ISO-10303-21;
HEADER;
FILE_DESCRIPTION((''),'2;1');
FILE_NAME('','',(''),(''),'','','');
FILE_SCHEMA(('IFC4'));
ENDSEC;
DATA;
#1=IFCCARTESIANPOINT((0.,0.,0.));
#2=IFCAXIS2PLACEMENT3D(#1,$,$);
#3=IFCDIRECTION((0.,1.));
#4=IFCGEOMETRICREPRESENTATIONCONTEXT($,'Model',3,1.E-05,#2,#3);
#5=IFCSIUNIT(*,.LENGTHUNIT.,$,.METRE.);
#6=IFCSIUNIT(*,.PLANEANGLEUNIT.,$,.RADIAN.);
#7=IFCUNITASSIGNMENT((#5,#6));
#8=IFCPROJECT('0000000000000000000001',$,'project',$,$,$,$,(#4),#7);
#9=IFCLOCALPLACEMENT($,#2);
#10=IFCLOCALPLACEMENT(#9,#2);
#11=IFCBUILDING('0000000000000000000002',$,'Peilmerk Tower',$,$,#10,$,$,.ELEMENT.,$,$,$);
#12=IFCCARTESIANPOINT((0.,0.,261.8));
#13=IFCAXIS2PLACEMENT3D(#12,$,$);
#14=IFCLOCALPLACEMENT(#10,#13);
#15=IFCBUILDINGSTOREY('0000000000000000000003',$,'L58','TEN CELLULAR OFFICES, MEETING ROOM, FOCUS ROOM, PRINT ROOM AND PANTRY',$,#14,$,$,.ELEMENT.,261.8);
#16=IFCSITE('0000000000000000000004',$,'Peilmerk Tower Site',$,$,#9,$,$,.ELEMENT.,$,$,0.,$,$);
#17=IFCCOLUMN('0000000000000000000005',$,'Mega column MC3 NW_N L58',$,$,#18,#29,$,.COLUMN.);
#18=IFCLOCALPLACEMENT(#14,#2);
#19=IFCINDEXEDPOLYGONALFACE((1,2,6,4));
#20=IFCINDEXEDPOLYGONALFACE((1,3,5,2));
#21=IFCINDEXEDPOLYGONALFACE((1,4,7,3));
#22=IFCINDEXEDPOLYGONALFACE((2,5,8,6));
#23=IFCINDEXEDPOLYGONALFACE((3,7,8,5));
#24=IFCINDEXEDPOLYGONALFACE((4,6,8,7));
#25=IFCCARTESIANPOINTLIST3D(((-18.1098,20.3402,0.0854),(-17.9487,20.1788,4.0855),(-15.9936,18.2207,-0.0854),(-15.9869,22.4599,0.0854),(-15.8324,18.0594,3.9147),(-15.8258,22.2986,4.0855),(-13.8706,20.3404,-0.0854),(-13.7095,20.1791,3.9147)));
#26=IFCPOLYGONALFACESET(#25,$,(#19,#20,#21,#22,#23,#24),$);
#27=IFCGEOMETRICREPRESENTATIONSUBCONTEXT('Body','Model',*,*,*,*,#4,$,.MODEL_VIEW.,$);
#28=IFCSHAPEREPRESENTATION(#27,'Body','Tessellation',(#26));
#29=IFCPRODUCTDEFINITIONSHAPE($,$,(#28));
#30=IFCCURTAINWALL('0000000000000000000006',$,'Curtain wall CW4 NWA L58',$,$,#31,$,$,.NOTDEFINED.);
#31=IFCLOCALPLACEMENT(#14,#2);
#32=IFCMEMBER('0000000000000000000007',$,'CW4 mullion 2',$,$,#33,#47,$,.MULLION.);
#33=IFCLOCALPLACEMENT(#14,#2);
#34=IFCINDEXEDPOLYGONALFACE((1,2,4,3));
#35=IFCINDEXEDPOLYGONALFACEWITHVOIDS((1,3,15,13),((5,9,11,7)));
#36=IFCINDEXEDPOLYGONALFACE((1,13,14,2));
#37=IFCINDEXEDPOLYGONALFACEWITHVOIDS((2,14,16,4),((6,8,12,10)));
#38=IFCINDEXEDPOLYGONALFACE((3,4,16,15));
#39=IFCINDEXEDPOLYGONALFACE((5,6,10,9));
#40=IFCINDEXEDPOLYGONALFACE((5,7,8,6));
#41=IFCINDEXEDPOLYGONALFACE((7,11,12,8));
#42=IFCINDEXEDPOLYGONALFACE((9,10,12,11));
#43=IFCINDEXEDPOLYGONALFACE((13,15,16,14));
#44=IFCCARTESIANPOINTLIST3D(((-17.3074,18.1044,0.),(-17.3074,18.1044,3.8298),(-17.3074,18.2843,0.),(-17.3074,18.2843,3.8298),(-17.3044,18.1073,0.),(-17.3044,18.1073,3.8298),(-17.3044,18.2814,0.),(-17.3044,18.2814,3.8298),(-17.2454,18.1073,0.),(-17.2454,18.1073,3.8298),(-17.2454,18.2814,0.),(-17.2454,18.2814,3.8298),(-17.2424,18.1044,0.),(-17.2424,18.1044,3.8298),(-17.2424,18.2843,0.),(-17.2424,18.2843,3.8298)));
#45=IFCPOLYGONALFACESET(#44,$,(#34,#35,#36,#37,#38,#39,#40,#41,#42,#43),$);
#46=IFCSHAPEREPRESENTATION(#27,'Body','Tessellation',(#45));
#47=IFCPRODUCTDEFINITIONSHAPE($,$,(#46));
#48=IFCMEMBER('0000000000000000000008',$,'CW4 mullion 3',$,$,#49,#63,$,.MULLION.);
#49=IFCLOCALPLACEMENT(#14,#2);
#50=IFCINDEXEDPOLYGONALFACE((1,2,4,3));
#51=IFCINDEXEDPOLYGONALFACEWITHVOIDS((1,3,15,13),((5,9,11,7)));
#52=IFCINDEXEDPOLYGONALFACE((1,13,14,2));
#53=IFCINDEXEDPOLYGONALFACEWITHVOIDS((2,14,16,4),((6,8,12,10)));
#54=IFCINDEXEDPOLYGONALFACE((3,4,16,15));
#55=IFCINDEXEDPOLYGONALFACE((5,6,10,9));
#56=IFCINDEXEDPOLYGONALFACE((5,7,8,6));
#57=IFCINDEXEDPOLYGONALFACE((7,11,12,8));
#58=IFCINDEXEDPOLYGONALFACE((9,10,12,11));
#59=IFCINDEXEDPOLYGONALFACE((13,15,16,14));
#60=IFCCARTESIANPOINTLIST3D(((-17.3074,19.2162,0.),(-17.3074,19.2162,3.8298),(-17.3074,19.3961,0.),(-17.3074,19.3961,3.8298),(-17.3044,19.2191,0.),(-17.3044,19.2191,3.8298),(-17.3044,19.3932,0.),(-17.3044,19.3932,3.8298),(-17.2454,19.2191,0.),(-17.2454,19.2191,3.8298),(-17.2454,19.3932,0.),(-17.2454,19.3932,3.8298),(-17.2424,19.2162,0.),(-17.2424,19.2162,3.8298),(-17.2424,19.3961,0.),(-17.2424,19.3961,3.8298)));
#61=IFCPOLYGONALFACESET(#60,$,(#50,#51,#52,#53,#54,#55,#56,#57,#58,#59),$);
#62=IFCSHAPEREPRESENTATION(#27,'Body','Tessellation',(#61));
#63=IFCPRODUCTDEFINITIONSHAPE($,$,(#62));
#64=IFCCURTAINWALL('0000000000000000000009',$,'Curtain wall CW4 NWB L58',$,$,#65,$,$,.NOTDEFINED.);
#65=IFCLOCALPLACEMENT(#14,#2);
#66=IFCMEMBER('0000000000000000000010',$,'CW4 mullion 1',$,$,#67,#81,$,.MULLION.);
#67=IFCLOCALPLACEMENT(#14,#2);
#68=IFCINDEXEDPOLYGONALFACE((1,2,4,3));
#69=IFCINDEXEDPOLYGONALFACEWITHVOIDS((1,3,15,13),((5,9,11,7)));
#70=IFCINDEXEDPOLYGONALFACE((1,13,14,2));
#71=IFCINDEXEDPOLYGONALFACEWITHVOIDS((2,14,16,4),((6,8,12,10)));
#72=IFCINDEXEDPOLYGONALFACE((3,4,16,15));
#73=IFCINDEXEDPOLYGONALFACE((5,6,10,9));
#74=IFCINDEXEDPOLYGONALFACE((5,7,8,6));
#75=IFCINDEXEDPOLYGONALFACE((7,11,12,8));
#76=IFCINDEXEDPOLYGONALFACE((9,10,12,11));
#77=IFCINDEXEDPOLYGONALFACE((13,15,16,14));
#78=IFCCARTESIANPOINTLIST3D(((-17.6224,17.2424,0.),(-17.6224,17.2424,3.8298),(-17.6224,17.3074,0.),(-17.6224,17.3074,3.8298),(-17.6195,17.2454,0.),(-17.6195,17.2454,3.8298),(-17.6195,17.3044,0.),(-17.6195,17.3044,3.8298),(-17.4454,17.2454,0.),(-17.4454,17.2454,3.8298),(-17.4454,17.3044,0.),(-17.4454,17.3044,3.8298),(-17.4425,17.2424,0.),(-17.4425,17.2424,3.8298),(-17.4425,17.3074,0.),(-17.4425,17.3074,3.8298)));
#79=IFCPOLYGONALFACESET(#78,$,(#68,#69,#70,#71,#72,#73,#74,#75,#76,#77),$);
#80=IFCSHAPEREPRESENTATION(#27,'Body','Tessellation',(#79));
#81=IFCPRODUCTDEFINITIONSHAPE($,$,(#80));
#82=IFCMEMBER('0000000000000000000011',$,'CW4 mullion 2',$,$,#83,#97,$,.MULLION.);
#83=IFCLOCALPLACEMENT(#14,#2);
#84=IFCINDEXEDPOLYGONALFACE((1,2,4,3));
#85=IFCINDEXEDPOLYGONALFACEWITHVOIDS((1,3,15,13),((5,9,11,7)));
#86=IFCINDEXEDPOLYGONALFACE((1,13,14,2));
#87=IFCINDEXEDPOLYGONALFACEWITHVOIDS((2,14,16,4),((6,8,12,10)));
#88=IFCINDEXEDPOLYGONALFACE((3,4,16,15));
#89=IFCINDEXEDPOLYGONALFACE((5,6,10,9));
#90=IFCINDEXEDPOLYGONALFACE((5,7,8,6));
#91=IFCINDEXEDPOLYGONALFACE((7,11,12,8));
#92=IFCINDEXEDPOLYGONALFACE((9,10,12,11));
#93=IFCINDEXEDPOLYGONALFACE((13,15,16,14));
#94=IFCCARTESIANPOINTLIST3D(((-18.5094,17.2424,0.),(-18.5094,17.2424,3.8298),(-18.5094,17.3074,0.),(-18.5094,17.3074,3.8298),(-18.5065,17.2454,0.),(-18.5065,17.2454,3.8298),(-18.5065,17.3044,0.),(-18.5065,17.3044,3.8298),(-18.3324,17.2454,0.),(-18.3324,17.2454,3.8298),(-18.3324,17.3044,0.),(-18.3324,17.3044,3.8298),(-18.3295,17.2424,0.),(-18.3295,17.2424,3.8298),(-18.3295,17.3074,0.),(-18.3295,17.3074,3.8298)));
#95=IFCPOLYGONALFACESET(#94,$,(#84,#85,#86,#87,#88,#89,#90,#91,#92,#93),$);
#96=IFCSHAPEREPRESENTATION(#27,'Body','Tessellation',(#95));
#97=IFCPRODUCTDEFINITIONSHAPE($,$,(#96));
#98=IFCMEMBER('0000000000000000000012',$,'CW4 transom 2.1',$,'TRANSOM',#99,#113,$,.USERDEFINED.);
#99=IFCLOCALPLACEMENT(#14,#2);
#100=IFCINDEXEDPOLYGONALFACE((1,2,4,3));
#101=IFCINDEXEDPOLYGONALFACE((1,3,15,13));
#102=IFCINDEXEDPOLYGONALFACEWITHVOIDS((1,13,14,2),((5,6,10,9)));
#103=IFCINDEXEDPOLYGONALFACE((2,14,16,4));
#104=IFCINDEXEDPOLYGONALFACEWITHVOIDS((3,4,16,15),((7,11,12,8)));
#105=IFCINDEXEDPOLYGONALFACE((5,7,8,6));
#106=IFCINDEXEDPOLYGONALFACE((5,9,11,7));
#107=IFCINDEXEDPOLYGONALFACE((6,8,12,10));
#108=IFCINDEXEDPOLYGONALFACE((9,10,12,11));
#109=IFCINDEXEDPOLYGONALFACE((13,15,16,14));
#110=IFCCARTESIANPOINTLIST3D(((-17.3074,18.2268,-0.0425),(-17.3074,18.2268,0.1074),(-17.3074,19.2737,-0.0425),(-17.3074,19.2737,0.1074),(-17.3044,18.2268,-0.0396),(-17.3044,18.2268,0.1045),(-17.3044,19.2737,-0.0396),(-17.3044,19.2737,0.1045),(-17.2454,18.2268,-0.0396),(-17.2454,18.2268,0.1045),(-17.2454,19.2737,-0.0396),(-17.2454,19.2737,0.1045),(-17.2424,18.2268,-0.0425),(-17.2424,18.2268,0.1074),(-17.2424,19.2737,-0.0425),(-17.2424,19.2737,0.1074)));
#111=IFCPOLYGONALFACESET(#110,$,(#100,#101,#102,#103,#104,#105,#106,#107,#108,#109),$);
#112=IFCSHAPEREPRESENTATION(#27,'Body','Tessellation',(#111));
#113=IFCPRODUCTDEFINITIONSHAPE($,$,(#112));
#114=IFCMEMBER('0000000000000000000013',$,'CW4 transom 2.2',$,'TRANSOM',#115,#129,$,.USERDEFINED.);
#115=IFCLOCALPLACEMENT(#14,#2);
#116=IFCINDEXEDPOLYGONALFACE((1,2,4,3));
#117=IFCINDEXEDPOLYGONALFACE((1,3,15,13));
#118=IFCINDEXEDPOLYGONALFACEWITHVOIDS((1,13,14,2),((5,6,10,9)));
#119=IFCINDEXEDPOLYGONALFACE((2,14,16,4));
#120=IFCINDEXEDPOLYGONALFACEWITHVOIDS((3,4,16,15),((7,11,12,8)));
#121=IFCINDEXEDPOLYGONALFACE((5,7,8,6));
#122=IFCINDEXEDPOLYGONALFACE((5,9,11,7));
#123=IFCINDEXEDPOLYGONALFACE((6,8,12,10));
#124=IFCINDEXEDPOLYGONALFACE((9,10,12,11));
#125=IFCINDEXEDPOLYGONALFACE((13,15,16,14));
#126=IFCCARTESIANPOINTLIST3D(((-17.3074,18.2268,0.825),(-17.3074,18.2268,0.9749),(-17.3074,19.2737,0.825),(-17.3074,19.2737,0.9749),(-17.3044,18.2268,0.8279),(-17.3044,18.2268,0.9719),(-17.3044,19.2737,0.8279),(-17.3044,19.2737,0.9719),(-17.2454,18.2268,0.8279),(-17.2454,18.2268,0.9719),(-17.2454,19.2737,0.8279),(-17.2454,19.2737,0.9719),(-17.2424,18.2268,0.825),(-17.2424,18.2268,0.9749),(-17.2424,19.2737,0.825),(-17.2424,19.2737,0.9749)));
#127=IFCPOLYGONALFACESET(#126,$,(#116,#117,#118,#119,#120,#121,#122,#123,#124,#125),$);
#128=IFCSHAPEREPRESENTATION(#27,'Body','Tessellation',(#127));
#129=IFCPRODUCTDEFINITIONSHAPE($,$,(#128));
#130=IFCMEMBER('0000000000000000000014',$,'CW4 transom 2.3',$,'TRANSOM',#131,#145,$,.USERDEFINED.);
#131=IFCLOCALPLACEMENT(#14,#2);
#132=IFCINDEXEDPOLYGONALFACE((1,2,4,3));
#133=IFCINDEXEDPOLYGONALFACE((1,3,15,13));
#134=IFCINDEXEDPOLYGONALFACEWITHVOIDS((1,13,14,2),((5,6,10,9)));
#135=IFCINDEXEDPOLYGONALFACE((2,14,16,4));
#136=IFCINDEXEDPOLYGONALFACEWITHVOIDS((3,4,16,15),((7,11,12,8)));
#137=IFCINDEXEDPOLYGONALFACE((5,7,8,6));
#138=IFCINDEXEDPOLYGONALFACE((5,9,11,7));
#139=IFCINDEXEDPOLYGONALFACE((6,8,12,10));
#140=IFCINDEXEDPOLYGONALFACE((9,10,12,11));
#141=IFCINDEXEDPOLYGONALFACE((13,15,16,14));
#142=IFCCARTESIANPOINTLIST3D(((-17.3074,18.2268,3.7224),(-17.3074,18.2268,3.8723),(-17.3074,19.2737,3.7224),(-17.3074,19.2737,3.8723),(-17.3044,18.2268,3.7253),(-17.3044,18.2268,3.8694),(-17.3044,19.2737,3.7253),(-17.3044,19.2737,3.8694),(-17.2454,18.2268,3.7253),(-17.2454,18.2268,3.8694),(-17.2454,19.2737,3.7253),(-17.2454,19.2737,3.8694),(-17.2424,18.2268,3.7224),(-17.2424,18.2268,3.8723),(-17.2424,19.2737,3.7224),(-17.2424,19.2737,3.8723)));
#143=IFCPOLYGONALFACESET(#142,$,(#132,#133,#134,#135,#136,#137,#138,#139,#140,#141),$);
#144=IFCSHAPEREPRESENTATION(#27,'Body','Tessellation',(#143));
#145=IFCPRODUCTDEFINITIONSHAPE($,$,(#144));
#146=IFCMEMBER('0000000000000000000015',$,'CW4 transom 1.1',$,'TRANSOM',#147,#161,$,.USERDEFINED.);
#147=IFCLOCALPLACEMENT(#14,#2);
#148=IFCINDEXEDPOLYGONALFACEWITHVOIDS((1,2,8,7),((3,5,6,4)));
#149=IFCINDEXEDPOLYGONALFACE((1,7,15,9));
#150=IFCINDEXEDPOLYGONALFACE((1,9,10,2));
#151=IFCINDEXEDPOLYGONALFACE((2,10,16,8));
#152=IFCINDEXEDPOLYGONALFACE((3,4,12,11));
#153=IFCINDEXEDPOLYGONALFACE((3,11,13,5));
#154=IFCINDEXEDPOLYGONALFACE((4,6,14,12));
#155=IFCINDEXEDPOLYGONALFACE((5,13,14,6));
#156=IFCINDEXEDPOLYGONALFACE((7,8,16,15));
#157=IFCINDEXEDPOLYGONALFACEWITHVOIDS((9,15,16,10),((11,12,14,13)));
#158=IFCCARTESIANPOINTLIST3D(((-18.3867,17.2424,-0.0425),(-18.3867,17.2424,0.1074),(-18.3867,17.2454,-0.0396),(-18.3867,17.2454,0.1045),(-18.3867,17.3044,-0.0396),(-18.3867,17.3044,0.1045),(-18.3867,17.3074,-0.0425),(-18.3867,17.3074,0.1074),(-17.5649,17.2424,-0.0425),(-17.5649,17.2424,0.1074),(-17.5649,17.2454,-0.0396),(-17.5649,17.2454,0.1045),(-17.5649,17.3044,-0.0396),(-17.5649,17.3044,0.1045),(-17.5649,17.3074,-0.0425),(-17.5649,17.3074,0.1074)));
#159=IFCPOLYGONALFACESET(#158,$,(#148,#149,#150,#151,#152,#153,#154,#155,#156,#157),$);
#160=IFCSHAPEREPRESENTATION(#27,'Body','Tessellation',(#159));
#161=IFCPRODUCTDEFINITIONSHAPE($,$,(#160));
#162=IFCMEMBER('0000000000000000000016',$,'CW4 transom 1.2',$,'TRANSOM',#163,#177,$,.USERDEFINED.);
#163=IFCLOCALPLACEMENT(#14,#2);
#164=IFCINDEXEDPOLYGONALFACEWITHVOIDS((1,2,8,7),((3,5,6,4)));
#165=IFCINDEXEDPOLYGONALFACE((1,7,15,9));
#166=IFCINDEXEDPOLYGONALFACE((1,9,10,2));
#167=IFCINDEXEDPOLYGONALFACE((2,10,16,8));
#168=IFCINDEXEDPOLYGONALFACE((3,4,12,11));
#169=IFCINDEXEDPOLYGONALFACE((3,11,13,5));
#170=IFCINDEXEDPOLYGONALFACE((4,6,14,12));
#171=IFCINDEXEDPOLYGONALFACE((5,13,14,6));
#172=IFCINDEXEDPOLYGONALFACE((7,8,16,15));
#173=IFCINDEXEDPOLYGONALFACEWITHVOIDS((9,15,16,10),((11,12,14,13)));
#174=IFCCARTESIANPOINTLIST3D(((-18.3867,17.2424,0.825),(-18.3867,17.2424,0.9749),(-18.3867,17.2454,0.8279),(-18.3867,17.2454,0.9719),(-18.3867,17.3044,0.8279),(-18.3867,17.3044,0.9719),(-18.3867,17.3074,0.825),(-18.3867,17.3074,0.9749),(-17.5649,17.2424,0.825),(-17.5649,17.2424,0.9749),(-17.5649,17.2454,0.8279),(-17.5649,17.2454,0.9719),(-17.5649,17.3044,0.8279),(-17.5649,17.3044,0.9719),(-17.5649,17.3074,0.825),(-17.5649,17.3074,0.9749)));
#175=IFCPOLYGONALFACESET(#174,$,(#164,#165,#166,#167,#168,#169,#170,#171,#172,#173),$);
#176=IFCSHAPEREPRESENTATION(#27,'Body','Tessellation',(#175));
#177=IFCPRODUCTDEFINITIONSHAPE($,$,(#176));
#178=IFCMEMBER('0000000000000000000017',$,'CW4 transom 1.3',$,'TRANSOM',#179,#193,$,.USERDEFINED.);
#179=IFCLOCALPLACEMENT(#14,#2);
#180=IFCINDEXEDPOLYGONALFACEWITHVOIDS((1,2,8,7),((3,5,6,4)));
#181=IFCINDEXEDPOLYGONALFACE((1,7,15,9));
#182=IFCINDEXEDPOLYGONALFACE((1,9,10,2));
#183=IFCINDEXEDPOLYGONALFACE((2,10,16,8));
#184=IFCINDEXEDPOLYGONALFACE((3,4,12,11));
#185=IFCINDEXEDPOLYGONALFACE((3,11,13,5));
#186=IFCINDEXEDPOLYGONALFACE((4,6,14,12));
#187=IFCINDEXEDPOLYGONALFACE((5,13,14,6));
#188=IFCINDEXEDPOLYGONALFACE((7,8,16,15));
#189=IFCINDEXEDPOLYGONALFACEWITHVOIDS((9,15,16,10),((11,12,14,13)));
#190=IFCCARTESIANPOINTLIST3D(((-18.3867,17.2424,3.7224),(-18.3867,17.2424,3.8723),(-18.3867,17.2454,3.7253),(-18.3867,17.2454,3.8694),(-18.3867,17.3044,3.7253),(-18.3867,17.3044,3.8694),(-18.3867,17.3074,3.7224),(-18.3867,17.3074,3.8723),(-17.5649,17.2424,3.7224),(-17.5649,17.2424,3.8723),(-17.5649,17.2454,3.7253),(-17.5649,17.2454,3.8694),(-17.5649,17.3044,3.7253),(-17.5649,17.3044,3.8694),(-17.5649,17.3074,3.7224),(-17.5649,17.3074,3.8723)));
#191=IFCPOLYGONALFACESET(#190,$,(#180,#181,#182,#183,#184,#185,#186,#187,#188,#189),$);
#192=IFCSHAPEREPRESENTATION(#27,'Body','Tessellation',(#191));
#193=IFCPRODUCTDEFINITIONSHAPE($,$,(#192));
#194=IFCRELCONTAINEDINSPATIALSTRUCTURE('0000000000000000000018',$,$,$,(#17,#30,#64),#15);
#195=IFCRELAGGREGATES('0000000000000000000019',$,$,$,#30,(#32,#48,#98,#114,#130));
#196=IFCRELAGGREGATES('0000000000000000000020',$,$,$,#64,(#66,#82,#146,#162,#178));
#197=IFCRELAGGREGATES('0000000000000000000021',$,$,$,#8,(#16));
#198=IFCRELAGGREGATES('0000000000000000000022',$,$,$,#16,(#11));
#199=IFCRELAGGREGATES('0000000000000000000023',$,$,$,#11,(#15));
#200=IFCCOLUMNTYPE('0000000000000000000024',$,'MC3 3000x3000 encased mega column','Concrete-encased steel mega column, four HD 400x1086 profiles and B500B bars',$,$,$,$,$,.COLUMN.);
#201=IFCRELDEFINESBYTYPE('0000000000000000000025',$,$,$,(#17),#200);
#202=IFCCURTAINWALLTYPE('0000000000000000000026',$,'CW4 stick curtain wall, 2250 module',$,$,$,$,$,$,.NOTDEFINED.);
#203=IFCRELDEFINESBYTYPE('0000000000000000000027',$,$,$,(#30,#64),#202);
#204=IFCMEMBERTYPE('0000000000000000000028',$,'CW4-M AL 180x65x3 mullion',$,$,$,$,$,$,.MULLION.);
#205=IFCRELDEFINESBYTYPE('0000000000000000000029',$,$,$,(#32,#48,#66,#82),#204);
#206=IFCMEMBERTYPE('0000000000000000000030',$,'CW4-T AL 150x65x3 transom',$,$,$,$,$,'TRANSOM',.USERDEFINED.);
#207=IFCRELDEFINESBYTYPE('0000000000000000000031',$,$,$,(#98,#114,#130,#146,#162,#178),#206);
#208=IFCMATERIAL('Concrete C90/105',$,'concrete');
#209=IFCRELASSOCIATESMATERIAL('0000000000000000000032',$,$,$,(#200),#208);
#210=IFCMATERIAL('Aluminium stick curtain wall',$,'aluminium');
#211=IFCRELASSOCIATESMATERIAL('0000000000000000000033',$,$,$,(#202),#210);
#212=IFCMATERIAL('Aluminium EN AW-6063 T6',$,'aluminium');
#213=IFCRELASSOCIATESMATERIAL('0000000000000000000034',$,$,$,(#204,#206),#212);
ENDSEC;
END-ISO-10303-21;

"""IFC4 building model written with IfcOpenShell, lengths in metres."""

from ifc_helpers import new_model, si_unit, direction, frame, origin, origin_2d, place, context, subcontext, project, spatial, rectangle, hollow_rectangle, extrude, material, material_profile, profile_set, type_object, element, aggregate, save


model = new_model("IFC4")

# Units and contexts
model_context = context("Model", 3, precision=1e-05, world=origin(), true_north=direction((0.0, 1.0)))
body_context = subcontext(model_context, "Body", "Model", "MODEL_VIEW")
ifc_project = project(units=[si_unit("LENGTHUNIT", "METRE"), si_unit("PLANEANGLEUNIT", "RADIAN")], contexts=[model_context])

# Site, building, storey
site_placement = place(None, origin())
site = spatial("IfcSite", under=ifc_project, at=site_placement, Name="Peilmerk Tower Site", CompositionType="ELEMENT", RefElevation=0.0)
building_placement = place(site_placement, origin())
building = spatial("IfcBuilding", under=site, at=building_placement, Name="Peilmerk Tower", CompositionType="ELEMENT")
storey_placement = place(building_placement, frame((0.0, 0.0, 261.8)))
storey = spatial("IfcBuildingStorey", under=building, at=storey_placement, Name="L58", Description="TEN CELLULAR OFFICES, MEETING ROOM, FOCUS ROOM, PRINT ROOM AND PANTRY", CompositionType="ELEMENT", Elevation=261.8)

# Column
ifc_material_1 = material(Name="Concrete C90/105", Category="concrete")
ifc_material_profile_1 = material_profile(ifc_material_1, rectangle(XDim=3.0, YDim=3.0, at=origin_2d()), Name="RC 3000x3000")
ifc_profile_set_1 = profile_set([ifc_material_profile_1], Name="Concrete C90/105")
column_type = type_object("IfcColumnType", Name="MC3 3000x3000 encased mega column", Description="Concrete-encased steel mega column, four HD 400x1086 profiles and B500B bars", PredefinedType="COLUMN", material=ifc_profile_set_1)
column_placement = place(storey_placement, frame((-15.9902, 20.3403, 0.0), z_axis=(0.040218, -0.040279, 0.998379), x_axis=(0.707642, 0.706571, 0.0)))
element("IfcColumn", 1, at=column_placement, inside=storey, type_object=column_type, Name="Mega column MC3 NW_N L58", PredefinedType="COLUMN", context=body_context, shape_type="SweptSolid", body=[
    extrude(rectangle(XDim=3.0, YDim=3.0, at=origin_2d()), origin(), (0.0, 0.0, 1.0), 4.0066),
])

# Curtain walls, members
ifc_material_2 = material(Name="Aluminium stick curtain wall", Category="aluminium")
curtain_wall_type = type_object("IfcCurtainWallType", Name="CW4 stick curtain wall, 2250 module", PredefinedType="NOTDEFINED", material=ifc_material_2)
curtain_wall_1_placement = place(storey_placement, origin())
curtain_wall_1 = element("IfcCurtainWall", 2, at=curtain_wall_1_placement, inside=storey, type_object=curtain_wall_type, Name="Curtain wall CW4 NWA L58", PredefinedType="NOTDEFINED")
ifc_material_3 = material(Name="Aluminium EN AW-6063 T6", Category="aluminium")
ifc_material_profile_2 = material_profile(ifc_material_3, hollow_rectangle(XDim=0.0649, YDim=0.1799, WallThickness=0.0029, at=origin_2d()), Name="AL 180x65x3")
ifc_profile_set_2 = profile_set([ifc_material_profile_2], Name="Aluminium EN AW-6063 T6")
member_type_1 = type_object("IfcMemberType", Name="CW4-M AL 180x65x3 mullion", PredefinedType="MULLION", material=ifc_profile_set_2)
member_1_placement = place(storey_placement, frame((-17.2749, 18.1943, 0.0), z_axis=(0.0, 0.0, 1.0), x_axis=(-1.0, 0.0, 0.0)))
member_1 = element("IfcMember", 3, at=member_1_placement, type_object=member_type_1, Name="CW4 mullion 2", PredefinedType="MULLION", context=body_context, shape_type="SweptSolid", body=[
    extrude(hollow_rectangle(XDim=0.0649, YDim=0.1799, WallThickness=0.0029, at=origin_2d()), origin(), (0.0, 0.0, 1.0), 3.8298),
])
member_2_placement = place(storey_placement, frame((-17.2749, 19.3062, 0.0), z_axis=(0.0, 0.0, 1.0), x_axis=(-1.0, 0.0, 0.0)))
member_2 = element("IfcMember", 4, at=member_2_placement, type_object=member_type_1, Name="CW4 mullion 3", PredefinedType="MULLION", context=body_context, shape_type="SweptSolid", body=[
    extrude(hollow_rectangle(XDim=0.0649, YDim=0.1799, WallThickness=0.0029, at=origin_2d()), origin(), (0.0, 0.0, 1.0), 3.8298),
])
curtain_wall_2_placement = place(storey_placement, origin())
curtain_wall_2 = element("IfcCurtainWall", 5, at=curtain_wall_2_placement, inside=storey, type_object=curtain_wall_type, Name="Curtain wall CW4 NWB L58", PredefinedType="NOTDEFINED")
member_3_placement = place(storey_placement, frame((-17.5325, 17.2749, 0.0), z_axis=(0.0, 0.0, 1.0), x_axis=(0.0, -1.0, 0.0)))
member_3 = element("IfcMember", 6, at=member_3_placement, type_object=member_type_1, Name="CW4 mullion 1", PredefinedType="MULLION", context=body_context, shape_type="SweptSolid", body=[
    extrude(hollow_rectangle(XDim=0.0649, YDim=0.1799, WallThickness=0.0029, at=origin_2d()), origin(), (0.0, 0.0, 1.0), 3.8298),
])
member_4_placement = place(storey_placement, frame((-18.4194, 17.2749, 0.0), z_axis=(0.0, 0.0, 1.0), x_axis=(0.0, -1.0, 0.0)))
member_4 = element("IfcMember", 7, at=member_4_placement, type_object=member_type_1, Name="CW4 mullion 2", PredefinedType="MULLION", context=body_context, shape_type="SweptSolid", body=[
    extrude(hollow_rectangle(XDim=0.0649, YDim=0.1799, WallThickness=0.0029, at=origin_2d()), origin(), (0.0, 0.0, 1.0), 3.8298),
])

# Members
ifc_material_profile_3 = material_profile(ifc_material_3, hollow_rectangle(XDim=0.0649, YDim=0.1499, WallThickness=0.0029, at=origin_2d()), Name="AL 150x65x3")
ifc_profile_set_3 = profile_set([ifc_material_profile_3], Name="Aluminium EN AW-6063 T6")
member_type_2 = type_object("IfcMemberType", Name="CW4-T AL 150x65x3 transom", ElementType="TRANSOM", PredefinedType="USERDEFINED", material=ifc_profile_set_3)
member_5_placement = place(storey_placement, frame((-17.2749, 18.2268, 0.0325), z_axis=(0.0, 1.0, 0.0), x_axis=(-1.0, 0.0, 0.0)))
member_5 = element("IfcMember", 8, at=member_5_placement, type_object=member_type_2, Name="CW4 transom 2.1", ObjectType="TRANSOM", PredefinedType="USERDEFINED", context=body_context, shape_type="SweptSolid", body=[
    extrude(hollow_rectangle(XDim=0.0649, YDim=0.1499, WallThickness=0.0029, at=origin_2d()), origin(), (0.0, 0.0, 1.0), 1.0469),
])
member_6_placement = place(storey_placement, frame((-17.2749, 18.2268, 0.8999), z_axis=(0.0, 1.0, 0.0), x_axis=(-1.0, 0.0, 0.0)))
member_6 = element("IfcMember", 9, at=member_6_placement, type_object=member_type_2, Name="CW4 transom 2.2", ObjectType="TRANSOM", PredefinedType="USERDEFINED", context=body_context, shape_type="SweptSolid", body=[
    extrude(hollow_rectangle(XDim=0.0649, YDim=0.1499, WallThickness=0.0029, at=origin_2d()), origin(), (0.0, 0.0, 1.0), 1.0469),
])
member_7_placement = place(storey_placement, frame((-17.2749, 18.2268, 3.7974), z_axis=(0.0, 1.0, 0.0), x_axis=(-1.0, 0.0, 0.0)))
member_7 = element("IfcMember", 10, at=member_7_placement, type_object=member_type_2, Name="CW4 transom 2.3", ObjectType="TRANSOM", PredefinedType="USERDEFINED", context=body_context, shape_type="SweptSolid", body=[
    extrude(hollow_rectangle(XDim=0.0649, YDim=0.1499, WallThickness=0.0029, at=origin_2d()), origin(), (0.0, 0.0, 1.0), 1.0469),
])
member_8_placement = place(storey_placement, frame((-17.5649, 17.2749, 0.0325), z_axis=(-1.0, 0.0, 0.0), x_axis=(0.0, -1.0, 0.0)))
member_8 = element("IfcMember", 11, at=member_8_placement, type_object=member_type_2, Name="CW4 transom 1.1", ObjectType="TRANSOM", PredefinedType="USERDEFINED", context=body_context, shape_type="SweptSolid", body=[
    extrude(hollow_rectangle(XDim=0.0649, YDim=0.1499, WallThickness=0.0029, at=origin_2d()), origin(), (0.0, 0.0, 1.0), 0.8218),
])
member_9_placement = place(storey_placement, frame((-17.5649, 17.2749, 0.8999), z_axis=(-1.0, 0.0, 0.0), x_axis=(0.0, -1.0, 0.0)))
member_9 = element("IfcMember", 12, at=member_9_placement, type_object=member_type_2, Name="CW4 transom 1.2", ObjectType="TRANSOM", PredefinedType="USERDEFINED", context=body_context, shape_type="SweptSolid", body=[
    extrude(hollow_rectangle(XDim=0.0649, YDim=0.1499, WallThickness=0.0029, at=origin_2d()), origin(), (0.0, 0.0, 1.0), 0.8218),
])
member_10_placement = place(storey_placement, frame((-17.5649, 17.2749, 3.7974), z_axis=(-1.0, 0.0, 0.0), x_axis=(0.0, -1.0, 0.0)))
member_10 = element("IfcMember", 13, at=member_10_placement, type_object=member_type_2, Name="CW4 transom 1.3", ObjectType="TRANSOM", PredefinedType="USERDEFINED", context=body_context, shape_type="SweptSolid", body=[
    extrude(hollow_rectangle(XDim=0.0649, YDim=0.1499, WallThickness=0.0029, at=origin_2d()), origin(), (0.0, 0.0, 1.0), 0.8218),
])

aggregate(curtain_wall_1, [member_1, member_2, member_5, member_6, member_7])
aggregate(curtain_wall_2, [member_3, member_4, member_8, member_9, member_10])

save(model, "model.ifc")
